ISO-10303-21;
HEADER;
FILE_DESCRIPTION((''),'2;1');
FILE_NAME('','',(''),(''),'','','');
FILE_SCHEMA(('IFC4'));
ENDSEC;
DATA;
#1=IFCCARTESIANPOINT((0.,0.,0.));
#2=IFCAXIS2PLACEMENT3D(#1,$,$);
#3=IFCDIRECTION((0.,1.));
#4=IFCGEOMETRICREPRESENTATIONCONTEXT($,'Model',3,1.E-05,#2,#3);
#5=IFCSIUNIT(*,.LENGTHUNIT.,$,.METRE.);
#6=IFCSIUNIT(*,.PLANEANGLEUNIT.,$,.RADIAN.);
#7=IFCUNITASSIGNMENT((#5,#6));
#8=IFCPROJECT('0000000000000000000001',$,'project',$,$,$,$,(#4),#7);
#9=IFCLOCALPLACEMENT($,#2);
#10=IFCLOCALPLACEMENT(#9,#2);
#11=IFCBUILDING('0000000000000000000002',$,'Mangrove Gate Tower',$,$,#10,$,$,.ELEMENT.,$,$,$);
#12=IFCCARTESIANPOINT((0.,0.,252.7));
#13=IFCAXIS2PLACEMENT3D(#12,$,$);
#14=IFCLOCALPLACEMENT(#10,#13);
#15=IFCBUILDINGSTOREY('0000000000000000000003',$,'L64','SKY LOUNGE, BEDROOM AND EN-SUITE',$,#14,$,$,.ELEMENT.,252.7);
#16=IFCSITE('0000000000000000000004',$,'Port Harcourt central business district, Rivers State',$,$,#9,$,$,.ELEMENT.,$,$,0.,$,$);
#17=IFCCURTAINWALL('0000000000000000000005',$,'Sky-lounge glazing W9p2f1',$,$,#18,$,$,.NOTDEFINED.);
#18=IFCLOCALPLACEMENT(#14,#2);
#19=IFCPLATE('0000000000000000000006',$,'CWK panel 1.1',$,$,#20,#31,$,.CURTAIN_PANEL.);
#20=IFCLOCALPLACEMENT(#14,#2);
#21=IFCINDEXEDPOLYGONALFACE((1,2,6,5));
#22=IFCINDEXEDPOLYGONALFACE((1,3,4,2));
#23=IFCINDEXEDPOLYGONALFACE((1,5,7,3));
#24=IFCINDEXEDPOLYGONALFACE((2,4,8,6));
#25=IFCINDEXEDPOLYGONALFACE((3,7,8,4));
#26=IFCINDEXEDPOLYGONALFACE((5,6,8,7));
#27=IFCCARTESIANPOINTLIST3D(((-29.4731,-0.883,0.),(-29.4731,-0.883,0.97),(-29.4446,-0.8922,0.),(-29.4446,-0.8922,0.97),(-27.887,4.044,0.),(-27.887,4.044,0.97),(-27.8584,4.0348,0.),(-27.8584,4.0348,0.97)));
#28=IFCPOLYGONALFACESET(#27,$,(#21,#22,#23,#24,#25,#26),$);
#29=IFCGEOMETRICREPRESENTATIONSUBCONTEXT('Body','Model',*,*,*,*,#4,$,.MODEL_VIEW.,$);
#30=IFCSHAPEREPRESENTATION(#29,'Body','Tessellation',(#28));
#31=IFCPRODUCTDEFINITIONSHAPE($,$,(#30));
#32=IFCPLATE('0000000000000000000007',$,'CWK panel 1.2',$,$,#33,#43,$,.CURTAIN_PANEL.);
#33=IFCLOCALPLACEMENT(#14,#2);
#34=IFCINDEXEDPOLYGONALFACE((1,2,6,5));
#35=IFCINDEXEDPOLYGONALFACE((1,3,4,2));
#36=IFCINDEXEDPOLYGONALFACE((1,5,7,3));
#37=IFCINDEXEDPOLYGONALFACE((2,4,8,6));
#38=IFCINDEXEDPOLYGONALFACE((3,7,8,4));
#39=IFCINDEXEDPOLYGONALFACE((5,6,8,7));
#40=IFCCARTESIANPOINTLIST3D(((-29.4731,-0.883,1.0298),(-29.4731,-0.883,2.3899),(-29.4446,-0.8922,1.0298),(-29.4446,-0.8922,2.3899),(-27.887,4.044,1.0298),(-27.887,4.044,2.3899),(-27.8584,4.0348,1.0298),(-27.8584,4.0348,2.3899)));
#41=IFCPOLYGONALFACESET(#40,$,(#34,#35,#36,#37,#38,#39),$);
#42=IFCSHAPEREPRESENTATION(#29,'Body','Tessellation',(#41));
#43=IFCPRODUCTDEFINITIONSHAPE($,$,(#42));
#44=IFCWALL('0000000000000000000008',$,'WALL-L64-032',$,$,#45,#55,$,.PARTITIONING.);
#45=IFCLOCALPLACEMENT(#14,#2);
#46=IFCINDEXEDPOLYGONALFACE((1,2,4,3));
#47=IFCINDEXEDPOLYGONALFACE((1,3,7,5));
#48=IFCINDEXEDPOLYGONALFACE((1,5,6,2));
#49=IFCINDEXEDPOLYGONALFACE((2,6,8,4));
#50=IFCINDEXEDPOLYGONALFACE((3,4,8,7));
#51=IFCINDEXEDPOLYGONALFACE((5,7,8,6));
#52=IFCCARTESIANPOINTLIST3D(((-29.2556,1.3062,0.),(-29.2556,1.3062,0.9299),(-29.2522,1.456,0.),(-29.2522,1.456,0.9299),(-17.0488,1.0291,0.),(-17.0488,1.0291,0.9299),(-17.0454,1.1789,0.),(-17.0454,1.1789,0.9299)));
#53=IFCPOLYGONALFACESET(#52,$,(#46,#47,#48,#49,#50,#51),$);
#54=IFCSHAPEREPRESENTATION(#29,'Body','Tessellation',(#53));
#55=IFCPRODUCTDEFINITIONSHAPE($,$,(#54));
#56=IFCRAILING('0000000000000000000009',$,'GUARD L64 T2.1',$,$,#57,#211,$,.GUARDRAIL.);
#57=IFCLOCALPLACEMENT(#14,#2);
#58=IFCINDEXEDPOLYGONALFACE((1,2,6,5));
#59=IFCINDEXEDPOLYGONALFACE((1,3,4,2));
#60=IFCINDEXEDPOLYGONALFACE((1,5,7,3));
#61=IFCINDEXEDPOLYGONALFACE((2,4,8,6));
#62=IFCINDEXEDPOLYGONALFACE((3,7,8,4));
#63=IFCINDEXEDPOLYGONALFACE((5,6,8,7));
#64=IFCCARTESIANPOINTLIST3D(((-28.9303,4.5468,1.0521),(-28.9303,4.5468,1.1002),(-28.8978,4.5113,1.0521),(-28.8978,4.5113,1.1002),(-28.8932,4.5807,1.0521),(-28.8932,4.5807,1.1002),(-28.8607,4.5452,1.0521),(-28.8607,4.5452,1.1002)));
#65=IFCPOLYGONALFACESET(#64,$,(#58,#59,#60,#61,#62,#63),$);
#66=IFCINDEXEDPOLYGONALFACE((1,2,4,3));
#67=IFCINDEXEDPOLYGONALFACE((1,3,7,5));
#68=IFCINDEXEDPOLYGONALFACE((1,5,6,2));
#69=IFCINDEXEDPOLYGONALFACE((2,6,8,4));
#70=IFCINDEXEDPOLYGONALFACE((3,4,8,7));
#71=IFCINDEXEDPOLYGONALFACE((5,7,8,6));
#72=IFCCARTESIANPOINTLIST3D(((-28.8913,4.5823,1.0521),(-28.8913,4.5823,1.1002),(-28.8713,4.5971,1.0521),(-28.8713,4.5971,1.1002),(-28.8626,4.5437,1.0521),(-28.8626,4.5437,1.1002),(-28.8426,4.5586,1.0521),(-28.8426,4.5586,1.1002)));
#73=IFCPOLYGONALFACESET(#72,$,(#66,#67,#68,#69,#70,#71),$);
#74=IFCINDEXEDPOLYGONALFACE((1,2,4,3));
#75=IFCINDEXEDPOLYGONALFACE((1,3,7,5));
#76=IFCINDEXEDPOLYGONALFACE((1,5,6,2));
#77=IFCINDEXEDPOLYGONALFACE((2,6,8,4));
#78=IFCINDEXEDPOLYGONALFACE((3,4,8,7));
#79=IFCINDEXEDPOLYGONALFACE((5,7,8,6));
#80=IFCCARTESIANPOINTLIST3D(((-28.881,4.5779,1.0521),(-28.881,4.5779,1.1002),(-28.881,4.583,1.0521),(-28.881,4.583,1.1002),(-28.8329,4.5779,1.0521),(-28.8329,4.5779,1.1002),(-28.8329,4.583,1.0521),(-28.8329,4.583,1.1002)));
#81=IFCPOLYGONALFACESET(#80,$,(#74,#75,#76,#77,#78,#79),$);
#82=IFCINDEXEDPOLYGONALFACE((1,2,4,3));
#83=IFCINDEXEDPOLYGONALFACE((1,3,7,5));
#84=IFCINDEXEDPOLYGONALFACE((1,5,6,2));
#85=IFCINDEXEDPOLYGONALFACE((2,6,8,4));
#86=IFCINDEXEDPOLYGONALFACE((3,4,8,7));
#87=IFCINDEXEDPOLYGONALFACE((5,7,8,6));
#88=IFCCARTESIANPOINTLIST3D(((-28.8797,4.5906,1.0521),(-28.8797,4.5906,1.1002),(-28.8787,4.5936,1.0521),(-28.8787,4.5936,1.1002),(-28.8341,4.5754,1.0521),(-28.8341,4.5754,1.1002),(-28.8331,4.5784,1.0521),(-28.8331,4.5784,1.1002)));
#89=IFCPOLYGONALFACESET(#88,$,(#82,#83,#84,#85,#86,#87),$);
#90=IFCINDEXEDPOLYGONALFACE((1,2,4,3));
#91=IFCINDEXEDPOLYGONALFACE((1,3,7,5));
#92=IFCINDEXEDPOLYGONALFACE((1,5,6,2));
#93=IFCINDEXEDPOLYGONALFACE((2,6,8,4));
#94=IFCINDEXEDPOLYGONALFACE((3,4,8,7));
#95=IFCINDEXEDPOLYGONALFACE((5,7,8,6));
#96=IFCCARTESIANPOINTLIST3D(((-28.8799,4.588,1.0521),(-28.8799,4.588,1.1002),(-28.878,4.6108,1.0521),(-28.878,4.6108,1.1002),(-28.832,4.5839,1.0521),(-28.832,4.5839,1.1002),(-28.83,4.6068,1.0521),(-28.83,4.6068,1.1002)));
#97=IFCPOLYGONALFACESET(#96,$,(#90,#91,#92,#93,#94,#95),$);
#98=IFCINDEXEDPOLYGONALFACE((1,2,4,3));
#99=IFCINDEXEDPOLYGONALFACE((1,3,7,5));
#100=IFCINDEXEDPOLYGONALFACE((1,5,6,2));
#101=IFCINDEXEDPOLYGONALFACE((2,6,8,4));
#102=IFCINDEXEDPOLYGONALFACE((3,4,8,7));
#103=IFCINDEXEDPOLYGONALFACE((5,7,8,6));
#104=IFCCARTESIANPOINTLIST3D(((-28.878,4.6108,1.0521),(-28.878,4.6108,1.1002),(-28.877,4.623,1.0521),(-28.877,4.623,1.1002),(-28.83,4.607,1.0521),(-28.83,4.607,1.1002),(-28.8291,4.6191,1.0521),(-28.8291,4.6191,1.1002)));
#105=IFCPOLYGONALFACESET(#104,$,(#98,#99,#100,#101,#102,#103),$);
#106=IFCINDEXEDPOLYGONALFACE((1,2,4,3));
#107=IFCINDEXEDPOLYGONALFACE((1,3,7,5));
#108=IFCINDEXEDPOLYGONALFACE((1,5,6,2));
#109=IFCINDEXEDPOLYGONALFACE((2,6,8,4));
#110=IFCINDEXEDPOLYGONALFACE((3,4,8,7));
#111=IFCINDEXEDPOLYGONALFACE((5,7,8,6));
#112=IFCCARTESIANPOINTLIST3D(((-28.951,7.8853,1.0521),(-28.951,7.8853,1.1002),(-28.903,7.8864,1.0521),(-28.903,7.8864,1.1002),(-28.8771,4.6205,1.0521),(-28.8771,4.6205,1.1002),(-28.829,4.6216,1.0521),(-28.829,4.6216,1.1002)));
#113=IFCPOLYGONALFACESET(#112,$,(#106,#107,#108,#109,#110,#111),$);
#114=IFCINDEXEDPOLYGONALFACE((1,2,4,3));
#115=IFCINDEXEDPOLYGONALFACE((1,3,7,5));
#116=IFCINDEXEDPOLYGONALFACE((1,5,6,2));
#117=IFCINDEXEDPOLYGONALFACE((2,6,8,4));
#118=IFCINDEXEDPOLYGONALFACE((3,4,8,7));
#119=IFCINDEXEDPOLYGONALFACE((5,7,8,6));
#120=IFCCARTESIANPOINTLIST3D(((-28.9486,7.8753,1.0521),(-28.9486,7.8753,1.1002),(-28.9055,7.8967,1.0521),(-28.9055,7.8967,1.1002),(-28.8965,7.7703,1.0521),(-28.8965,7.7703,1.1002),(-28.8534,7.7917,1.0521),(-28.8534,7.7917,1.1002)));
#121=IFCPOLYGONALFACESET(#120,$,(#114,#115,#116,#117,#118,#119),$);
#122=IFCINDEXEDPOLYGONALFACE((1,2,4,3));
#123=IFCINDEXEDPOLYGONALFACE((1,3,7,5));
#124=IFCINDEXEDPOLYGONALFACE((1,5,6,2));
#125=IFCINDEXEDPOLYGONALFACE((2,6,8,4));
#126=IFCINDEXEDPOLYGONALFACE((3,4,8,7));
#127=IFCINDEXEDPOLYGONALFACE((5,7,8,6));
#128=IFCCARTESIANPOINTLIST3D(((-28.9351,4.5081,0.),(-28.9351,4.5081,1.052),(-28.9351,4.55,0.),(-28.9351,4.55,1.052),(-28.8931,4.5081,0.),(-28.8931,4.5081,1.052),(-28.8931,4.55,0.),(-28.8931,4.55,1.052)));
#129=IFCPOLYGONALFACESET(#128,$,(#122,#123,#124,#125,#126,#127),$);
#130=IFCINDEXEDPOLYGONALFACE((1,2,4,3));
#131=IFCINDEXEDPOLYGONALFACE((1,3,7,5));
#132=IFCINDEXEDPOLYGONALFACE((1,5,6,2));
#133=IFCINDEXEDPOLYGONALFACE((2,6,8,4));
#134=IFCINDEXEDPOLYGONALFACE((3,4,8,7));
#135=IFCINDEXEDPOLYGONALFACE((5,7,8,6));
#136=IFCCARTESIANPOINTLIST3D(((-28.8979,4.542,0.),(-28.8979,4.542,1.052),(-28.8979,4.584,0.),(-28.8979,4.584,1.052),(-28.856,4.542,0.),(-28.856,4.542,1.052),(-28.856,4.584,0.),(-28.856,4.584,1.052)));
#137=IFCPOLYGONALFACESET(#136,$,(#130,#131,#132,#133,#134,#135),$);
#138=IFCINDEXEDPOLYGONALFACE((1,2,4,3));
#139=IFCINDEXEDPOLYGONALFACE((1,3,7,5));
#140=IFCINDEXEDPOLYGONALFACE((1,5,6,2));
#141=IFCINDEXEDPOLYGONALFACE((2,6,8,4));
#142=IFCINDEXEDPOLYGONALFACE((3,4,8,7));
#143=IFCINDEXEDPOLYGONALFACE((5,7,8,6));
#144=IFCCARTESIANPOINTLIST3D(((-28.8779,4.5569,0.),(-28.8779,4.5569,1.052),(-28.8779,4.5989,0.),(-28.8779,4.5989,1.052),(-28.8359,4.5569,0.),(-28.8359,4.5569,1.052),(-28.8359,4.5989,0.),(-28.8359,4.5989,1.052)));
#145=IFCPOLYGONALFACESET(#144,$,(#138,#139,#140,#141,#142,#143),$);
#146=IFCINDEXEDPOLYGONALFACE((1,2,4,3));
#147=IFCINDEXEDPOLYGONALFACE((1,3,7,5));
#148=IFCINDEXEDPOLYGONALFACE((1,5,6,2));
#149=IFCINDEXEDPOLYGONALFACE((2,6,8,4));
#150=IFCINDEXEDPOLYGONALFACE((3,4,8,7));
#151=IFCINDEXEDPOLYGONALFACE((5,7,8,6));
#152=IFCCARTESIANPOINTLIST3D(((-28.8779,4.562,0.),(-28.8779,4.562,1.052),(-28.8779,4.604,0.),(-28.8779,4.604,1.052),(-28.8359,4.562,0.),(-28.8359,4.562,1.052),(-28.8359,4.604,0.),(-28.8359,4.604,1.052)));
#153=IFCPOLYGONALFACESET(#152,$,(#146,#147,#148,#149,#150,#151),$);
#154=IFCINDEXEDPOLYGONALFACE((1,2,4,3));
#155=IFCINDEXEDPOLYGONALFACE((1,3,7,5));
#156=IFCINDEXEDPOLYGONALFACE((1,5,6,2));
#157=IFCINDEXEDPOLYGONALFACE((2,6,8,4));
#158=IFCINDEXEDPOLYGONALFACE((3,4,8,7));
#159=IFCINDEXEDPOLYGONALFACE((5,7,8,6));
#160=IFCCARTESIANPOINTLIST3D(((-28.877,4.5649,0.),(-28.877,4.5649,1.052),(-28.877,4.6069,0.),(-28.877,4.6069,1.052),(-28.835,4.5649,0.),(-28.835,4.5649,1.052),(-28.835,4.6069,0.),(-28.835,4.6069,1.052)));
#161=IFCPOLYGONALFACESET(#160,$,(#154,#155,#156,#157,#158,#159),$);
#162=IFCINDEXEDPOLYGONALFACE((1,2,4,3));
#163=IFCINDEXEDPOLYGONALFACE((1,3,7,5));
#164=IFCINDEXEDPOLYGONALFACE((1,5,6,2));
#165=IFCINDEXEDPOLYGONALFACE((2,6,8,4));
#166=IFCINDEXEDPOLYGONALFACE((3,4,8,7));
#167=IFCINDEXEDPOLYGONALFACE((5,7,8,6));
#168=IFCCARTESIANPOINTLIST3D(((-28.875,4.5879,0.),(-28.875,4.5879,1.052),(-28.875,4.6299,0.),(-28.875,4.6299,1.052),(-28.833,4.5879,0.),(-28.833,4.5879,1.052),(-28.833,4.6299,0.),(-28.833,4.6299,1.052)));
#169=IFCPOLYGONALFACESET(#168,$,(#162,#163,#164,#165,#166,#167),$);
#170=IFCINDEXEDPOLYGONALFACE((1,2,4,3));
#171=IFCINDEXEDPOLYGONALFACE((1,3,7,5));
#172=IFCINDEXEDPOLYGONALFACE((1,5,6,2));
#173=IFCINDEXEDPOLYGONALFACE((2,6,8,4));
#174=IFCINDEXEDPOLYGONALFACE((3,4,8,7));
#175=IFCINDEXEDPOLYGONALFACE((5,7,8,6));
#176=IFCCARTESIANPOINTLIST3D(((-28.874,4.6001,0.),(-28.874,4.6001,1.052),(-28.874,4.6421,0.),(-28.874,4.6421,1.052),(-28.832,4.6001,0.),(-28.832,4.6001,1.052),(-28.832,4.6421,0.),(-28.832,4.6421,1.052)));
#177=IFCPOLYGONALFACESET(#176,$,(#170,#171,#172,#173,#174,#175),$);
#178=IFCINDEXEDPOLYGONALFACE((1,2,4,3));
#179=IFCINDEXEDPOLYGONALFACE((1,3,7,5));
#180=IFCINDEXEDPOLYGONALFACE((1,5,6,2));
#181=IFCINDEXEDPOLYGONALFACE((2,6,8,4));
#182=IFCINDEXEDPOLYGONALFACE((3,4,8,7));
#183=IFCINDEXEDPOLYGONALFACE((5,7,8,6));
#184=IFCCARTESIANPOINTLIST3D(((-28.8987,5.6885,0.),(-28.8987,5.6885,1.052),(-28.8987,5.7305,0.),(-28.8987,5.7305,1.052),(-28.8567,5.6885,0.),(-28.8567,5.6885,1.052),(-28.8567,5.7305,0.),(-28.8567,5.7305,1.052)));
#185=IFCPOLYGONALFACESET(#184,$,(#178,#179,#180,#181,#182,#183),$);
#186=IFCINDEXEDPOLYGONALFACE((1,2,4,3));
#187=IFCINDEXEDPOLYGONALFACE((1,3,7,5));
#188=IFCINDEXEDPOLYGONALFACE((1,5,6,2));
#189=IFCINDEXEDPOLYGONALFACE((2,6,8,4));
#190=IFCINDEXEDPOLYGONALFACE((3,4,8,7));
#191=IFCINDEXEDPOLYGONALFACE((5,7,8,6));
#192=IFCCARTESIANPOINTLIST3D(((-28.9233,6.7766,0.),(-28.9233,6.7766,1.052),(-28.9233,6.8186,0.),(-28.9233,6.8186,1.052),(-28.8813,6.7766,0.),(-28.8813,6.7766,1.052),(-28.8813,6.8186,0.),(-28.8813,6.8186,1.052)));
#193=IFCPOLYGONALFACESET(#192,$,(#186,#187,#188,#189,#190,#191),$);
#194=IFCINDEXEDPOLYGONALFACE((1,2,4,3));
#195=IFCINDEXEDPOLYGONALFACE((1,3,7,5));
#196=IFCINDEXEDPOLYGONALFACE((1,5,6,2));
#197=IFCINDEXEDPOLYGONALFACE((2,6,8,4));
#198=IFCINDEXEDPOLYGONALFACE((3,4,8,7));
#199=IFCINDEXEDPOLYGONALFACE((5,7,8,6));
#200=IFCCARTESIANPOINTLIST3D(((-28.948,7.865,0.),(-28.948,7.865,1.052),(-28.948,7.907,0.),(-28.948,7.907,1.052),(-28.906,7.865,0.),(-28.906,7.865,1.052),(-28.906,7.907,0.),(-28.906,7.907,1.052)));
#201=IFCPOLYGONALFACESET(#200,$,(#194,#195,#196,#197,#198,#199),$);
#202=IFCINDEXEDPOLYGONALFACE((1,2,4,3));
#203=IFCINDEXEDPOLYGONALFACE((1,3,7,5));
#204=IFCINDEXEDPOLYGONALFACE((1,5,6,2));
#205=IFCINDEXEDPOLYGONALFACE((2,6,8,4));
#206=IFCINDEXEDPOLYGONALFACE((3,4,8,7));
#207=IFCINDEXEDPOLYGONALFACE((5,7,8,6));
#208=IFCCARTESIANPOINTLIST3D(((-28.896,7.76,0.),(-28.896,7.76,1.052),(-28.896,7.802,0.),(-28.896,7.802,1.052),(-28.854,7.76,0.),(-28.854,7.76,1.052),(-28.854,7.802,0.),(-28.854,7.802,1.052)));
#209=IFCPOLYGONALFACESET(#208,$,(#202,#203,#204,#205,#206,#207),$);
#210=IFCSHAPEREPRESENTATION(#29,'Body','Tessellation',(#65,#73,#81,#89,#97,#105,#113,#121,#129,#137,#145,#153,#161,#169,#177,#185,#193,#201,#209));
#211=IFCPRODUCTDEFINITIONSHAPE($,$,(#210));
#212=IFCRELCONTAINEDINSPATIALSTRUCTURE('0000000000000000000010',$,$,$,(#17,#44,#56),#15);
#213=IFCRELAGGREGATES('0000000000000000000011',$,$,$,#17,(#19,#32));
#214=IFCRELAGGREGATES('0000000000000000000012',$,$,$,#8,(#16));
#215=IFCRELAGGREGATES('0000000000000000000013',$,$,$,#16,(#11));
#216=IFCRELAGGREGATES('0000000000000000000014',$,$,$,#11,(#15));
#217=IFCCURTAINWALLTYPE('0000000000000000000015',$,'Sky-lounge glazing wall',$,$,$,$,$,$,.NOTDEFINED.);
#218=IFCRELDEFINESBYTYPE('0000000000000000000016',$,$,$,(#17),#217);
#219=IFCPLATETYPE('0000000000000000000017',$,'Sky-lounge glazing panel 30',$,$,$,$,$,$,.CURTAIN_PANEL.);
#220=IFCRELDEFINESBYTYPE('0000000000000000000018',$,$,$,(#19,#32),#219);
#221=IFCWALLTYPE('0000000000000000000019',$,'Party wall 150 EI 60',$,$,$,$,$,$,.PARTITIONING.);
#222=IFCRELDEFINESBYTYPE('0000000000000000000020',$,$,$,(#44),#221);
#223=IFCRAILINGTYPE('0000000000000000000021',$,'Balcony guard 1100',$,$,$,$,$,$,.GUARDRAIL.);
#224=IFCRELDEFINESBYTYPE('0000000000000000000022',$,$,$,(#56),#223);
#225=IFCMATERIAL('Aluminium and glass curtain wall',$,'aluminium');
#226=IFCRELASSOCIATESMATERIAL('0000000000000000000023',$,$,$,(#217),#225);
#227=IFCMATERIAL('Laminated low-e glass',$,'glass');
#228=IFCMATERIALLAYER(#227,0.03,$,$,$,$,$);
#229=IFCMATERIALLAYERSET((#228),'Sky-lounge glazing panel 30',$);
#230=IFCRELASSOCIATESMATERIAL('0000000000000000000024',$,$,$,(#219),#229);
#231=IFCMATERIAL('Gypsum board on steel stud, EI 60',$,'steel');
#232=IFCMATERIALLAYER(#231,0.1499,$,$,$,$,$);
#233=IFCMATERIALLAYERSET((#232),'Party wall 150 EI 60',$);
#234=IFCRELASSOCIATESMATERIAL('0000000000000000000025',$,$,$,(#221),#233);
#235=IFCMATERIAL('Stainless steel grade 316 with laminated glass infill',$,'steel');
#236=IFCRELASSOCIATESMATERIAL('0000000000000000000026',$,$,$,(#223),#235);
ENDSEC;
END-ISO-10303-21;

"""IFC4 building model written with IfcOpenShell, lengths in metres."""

from ifc_helpers import new_model, si_unit, direction, frame, frame_2d, origin, origin_2d, place, context, subcontext, project, spatial, rectangle, extrude, material, layer, layer_set, type_object, element, aggregate, save


model = new_model("IFC4")

# Units and contexts
model_context = context("Model", 3, precision=1e-05, world=origin(), true_north=direction((0.0, 1.0)))
body_context = subcontext(model_context, "Body", "Model", "MODEL_VIEW")
ifc_project = project(units=[si_unit("LENGTHUNIT", "METRE"), si_unit("PLANEANGLEUNIT", "RADIAN")], contexts=[model_context])

# Site, building, storey
site_placement = place(None, origin())
site = spatial("IfcSite", under=ifc_project, at=site_placement, Name="Port Harcourt central business district, Rivers State", CompositionType="ELEMENT", RefElevation=0.0)
building_placement = place(site_placement, origin())
building = spatial("IfcBuilding", under=site, at=building_placement, Name="Mangrove Gate Tower", CompositionType="ELEMENT")
storey_placement = place(building_placement, frame((0.0, 0.0, 252.7)))
storey = spatial("IfcBuildingStorey", under=building, at=storey_placement, Name="L64", Description="SKY LOUNGE, BEDROOM AND EN-SUITE", CompositionType="ELEMENT", Elevation=252.7)

# Shared definitions
ifc_material_1 = material(Name="Aluminium and glass curtain wall", Category="aluminium")
curtain_wall_type = type_object("IfcCurtainWallType", Name="Sky-lounge glazing wall", PredefinedType="NOTDEFINED", material=ifc_material_1)

# Curtain wall
curtain_wall_1_placement = place(storey_placement, origin())
curtain_wall_1 = element("IfcCurtainWall", 1, at=curtain_wall_1_placement, inside=storey, type_object=curtain_wall_type, Name="Sky-lounge glazing W9p2f1", PredefinedType="NOTDEFINED")

# Plates
ifc_material_2 = material(Name="Laminated low-e glass", Category="glass")
ifc_layer_1 = layer(ifc_material_2, 0.03)
ifc_layer_set_1 = layer_set([ifc_layer_1], Name="Sky-lounge glazing panel 30")
plate_type = type_object("IfcPlateType", Name="Sky-lounge glazing panel 30", PredefinedType="CURTAIN_PANEL", material=ifc_layer_set_1)
plate_1_placement = place(storey_placement, frame((-28.6658, 1.5759, 0.0), z_axis=(0.0, 0.0, 1.0), x_axis=(-0.306441, -0.95189, 0.0)))
plate_1 = element("IfcPlate", 2, at=plate_1_placement, type_object=plate_type, Name="CWK panel 1.1", PredefinedType="CURTAIN_PANEL", context=body_context, shape_type="SweptSolid", body=[
    extrude(rectangle(XDim=5.176, YDim=0.03, at=origin_2d()), origin(), (0.0, 0.0, 1.0), 0.97),
])
plate_2_placement = place(storey_placement, frame((-28.6658, 1.5759, 1.0298), z_axis=(0.0, 0.0, 1.0), x_axis=(-0.306441, -0.95189, 0.0)))
plate_2 = element("IfcPlate", 3, at=plate_2_placement, type_object=plate_type, Name="CWK panel 1.2", PredefinedType="CURTAIN_PANEL", context=body_context, shape_type="SweptSolid", body=[
    extrude(rectangle(XDim=5.176, YDim=0.03, at=origin_2d()), origin(), (0.0, 0.0, 1.0), 1.3601),
])
aggregate(curtain_wall_1, [plate_1, plate_2])

# Wall
ifc_material_3 = material(Name="Gypsum board on steel stud, EI 60", Category="steel")
ifc_layer_2 = layer(ifc_material_3, 0.1499)
ifc_layer_set_2 = layer_set([ifc_layer_2], Name="Party wall 150 EI 60")
wall_type = type_object("IfcWallType", Name="Party wall 150 EI 60", PredefinedType="PARTITIONING", material=ifc_layer_set_2)
wall_placement = place(storey_placement, frame((-29.2539, 1.3811, 0.0), z_axis=(0.0, 0.0, 1.0), x_axis=(0.999742, -0.022695, 0.0)))
element("IfcWall", 4, at=wall_placement, inside=storey, type_object=wall_type, Name="WALL-L64-032", PredefinedType="PARTITIONING", context=body_context, shape_type="SweptSolid", body=[
    extrude(rectangle(XDim=12.21, YDim=0.1499, at=frame_2d((6.105, 0.0))), origin(), (0.0, 0.0, 1.0), 0.9299),
])

# Railing
ifc_material_4 = material(Name="Stainless steel grade 316 with laminated glass infill", Category="steel")
railing_type = type_object("IfcRailingType", Name="Balcony guard 1100", PredefinedType="GUARDRAIL", material=ifc_material_4)
railing_placement = place(storey_placement, frame((-28.9141, 4.5291, 0.0)))
element("IfcRailing", 5, at=railing_placement, inside=storey, type_object=railing_type, Name="GUARD L64 T2.1", PredefinedType="GUARDRAIL", context=body_context, shape_type="SweptSolid", body=[
    extrude(rectangle(XDim=0.0481, YDim=0.0481, at=origin_2d()), frame((0.0, 0.0, 1.0762), z_axis=(0.73796, 0.674845, 0.0), x_axis=(-0.674845, 0.73796, 0.0)), (0.0, 0.0, 1.0), 0.0503),
    extrude(rectangle(XDim=0.0481, YDim=0.0481, at=origin_2d()), frame((0.0371, 0.0339, 1.0762), z_axis=(0.802342, 0.596864, 0.0), x_axis=(-0.596864, 0.802342, 0.0)), (0.0, 0.0, 1.0), 0.0249),
    extrude(rectangle(XDim=0.0481, YDim=0.0481, at=origin_2d()), frame((0.0571, 0.0488, 1.0762), z_axis=(0.0, 1.0, 0.0), x_axis=(-1.0, 0.0, 0.0)), (0.0, 0.0, 1.0), 0.0051),
    extrude(rectangle(XDim=0.0481, YDim=0.0481, at=origin_2d()), frame((0.0571, 0.054, 1.0762), z_axis=(0.316228, 0.948683, 0.0), x_axis=(-0.948683, 0.316228, 0.0)), (0.0, 0.0, 1.0), 0.0032),
    extrude(rectangle(XDim=0.0481, YDim=0.0481, at=origin_2d()), frame((0.0581, 0.0569, 1.0762), z_axis=(0.0848, 0.996398, 0.0), x_axis=(-0.996398, 0.0848, 0.0)), (0.0, 0.0, 1.0), 0.0229),
    extrude(rectangle(XDim=0.0481, YDim=0.0481, at=origin_2d()), frame((0.0601, 0.0798, 1.0762), z_axis=(0.079745, 0.996815, 0.0), x_axis=(-0.996815, 0.079745, 0.0)), (0.0, 0.0, 1.0), 0.0122),
    extrude(rectangle(XDim=0.0481, YDim=0.0481, at=origin_2d()), frame((0.061, 0.092, 1.0762), z_axis=(-0.022652, 0.999743, 0.0), x_axis=(-0.999743, -0.022652, 0.0)), (0.0, 0.0, 1.0), 3.2656),
    extrude(rectangle(XDim=0.0481, YDim=0.0481, at=origin_2d()), frame((-0.0129, 3.3569, 1.0762), z_axis=(0.443876, -0.896088, 0.0), x_axis=(0.896088, 0.443876, 0.0)), (0.0, 0.0, 1.0), 0.1172),
    extrude(rectangle(XDim=0.042, YDim=0.042, at=origin_2d()), origin(), (0.0, 0.0, 1.0), 1.052),
    extrude(rectangle(XDim=0.042, YDim=0.042, at=origin_2d()), frame((0.0371, 0.0339, 0.0)), (0.0, 0.0, 1.0), 1.052),
    extrude(rectangle(XDim=0.042, YDim=0.042, at=origin_2d()), frame((0.0571, 0.0488, 0.0)), (0.0, 0.0, 1.0), 1.052),
    extrude(rectangle(XDim=0.042, YDim=0.042, at=origin_2d()), frame((0.0571, 0.054, 0.0)), (0.0, 0.0, 1.0), 1.052),
    extrude(rectangle(XDim=0.042, YDim=0.042, at=origin_2d()), frame((0.0581, 0.0569, 0.0)), (0.0, 0.0, 1.0), 1.052),
    extrude(rectangle(XDim=0.042, YDim=0.042, at=origin_2d()), frame((0.0601, 0.0798, 0.0)), (0.0, 0.0, 1.0), 1.052),
    extrude(rectangle(XDim=0.042, YDim=0.042, at=origin_2d()), frame((0.061, 0.092, 0.0)), (0.0, 0.0, 1.0), 1.052),
    extrude(rectangle(XDim=0.042, YDim=0.042, at=origin_2d()), frame((0.0364, 1.1804, 0.0)), (0.0, 0.0, 1.0), 1.052),
    extrude(rectangle(XDim=0.042, YDim=0.042, at=origin_2d()), frame((0.0117, 2.2686, 0.0)), (0.0, 0.0, 1.0), 1.052),
    extrude(rectangle(XDim=0.042, YDim=0.042, at=origin_2d()), frame((-0.0129, 3.3569, 0.0)), (0.0, 0.0, 1.0), 1.052),
    extrude(rectangle(XDim=0.042, YDim=0.042, at=origin_2d()), frame((0.0391, 3.252, 0.0)), (0.0, 0.0, 1.0), 1.052),
])

save(model, "model.ifc")
